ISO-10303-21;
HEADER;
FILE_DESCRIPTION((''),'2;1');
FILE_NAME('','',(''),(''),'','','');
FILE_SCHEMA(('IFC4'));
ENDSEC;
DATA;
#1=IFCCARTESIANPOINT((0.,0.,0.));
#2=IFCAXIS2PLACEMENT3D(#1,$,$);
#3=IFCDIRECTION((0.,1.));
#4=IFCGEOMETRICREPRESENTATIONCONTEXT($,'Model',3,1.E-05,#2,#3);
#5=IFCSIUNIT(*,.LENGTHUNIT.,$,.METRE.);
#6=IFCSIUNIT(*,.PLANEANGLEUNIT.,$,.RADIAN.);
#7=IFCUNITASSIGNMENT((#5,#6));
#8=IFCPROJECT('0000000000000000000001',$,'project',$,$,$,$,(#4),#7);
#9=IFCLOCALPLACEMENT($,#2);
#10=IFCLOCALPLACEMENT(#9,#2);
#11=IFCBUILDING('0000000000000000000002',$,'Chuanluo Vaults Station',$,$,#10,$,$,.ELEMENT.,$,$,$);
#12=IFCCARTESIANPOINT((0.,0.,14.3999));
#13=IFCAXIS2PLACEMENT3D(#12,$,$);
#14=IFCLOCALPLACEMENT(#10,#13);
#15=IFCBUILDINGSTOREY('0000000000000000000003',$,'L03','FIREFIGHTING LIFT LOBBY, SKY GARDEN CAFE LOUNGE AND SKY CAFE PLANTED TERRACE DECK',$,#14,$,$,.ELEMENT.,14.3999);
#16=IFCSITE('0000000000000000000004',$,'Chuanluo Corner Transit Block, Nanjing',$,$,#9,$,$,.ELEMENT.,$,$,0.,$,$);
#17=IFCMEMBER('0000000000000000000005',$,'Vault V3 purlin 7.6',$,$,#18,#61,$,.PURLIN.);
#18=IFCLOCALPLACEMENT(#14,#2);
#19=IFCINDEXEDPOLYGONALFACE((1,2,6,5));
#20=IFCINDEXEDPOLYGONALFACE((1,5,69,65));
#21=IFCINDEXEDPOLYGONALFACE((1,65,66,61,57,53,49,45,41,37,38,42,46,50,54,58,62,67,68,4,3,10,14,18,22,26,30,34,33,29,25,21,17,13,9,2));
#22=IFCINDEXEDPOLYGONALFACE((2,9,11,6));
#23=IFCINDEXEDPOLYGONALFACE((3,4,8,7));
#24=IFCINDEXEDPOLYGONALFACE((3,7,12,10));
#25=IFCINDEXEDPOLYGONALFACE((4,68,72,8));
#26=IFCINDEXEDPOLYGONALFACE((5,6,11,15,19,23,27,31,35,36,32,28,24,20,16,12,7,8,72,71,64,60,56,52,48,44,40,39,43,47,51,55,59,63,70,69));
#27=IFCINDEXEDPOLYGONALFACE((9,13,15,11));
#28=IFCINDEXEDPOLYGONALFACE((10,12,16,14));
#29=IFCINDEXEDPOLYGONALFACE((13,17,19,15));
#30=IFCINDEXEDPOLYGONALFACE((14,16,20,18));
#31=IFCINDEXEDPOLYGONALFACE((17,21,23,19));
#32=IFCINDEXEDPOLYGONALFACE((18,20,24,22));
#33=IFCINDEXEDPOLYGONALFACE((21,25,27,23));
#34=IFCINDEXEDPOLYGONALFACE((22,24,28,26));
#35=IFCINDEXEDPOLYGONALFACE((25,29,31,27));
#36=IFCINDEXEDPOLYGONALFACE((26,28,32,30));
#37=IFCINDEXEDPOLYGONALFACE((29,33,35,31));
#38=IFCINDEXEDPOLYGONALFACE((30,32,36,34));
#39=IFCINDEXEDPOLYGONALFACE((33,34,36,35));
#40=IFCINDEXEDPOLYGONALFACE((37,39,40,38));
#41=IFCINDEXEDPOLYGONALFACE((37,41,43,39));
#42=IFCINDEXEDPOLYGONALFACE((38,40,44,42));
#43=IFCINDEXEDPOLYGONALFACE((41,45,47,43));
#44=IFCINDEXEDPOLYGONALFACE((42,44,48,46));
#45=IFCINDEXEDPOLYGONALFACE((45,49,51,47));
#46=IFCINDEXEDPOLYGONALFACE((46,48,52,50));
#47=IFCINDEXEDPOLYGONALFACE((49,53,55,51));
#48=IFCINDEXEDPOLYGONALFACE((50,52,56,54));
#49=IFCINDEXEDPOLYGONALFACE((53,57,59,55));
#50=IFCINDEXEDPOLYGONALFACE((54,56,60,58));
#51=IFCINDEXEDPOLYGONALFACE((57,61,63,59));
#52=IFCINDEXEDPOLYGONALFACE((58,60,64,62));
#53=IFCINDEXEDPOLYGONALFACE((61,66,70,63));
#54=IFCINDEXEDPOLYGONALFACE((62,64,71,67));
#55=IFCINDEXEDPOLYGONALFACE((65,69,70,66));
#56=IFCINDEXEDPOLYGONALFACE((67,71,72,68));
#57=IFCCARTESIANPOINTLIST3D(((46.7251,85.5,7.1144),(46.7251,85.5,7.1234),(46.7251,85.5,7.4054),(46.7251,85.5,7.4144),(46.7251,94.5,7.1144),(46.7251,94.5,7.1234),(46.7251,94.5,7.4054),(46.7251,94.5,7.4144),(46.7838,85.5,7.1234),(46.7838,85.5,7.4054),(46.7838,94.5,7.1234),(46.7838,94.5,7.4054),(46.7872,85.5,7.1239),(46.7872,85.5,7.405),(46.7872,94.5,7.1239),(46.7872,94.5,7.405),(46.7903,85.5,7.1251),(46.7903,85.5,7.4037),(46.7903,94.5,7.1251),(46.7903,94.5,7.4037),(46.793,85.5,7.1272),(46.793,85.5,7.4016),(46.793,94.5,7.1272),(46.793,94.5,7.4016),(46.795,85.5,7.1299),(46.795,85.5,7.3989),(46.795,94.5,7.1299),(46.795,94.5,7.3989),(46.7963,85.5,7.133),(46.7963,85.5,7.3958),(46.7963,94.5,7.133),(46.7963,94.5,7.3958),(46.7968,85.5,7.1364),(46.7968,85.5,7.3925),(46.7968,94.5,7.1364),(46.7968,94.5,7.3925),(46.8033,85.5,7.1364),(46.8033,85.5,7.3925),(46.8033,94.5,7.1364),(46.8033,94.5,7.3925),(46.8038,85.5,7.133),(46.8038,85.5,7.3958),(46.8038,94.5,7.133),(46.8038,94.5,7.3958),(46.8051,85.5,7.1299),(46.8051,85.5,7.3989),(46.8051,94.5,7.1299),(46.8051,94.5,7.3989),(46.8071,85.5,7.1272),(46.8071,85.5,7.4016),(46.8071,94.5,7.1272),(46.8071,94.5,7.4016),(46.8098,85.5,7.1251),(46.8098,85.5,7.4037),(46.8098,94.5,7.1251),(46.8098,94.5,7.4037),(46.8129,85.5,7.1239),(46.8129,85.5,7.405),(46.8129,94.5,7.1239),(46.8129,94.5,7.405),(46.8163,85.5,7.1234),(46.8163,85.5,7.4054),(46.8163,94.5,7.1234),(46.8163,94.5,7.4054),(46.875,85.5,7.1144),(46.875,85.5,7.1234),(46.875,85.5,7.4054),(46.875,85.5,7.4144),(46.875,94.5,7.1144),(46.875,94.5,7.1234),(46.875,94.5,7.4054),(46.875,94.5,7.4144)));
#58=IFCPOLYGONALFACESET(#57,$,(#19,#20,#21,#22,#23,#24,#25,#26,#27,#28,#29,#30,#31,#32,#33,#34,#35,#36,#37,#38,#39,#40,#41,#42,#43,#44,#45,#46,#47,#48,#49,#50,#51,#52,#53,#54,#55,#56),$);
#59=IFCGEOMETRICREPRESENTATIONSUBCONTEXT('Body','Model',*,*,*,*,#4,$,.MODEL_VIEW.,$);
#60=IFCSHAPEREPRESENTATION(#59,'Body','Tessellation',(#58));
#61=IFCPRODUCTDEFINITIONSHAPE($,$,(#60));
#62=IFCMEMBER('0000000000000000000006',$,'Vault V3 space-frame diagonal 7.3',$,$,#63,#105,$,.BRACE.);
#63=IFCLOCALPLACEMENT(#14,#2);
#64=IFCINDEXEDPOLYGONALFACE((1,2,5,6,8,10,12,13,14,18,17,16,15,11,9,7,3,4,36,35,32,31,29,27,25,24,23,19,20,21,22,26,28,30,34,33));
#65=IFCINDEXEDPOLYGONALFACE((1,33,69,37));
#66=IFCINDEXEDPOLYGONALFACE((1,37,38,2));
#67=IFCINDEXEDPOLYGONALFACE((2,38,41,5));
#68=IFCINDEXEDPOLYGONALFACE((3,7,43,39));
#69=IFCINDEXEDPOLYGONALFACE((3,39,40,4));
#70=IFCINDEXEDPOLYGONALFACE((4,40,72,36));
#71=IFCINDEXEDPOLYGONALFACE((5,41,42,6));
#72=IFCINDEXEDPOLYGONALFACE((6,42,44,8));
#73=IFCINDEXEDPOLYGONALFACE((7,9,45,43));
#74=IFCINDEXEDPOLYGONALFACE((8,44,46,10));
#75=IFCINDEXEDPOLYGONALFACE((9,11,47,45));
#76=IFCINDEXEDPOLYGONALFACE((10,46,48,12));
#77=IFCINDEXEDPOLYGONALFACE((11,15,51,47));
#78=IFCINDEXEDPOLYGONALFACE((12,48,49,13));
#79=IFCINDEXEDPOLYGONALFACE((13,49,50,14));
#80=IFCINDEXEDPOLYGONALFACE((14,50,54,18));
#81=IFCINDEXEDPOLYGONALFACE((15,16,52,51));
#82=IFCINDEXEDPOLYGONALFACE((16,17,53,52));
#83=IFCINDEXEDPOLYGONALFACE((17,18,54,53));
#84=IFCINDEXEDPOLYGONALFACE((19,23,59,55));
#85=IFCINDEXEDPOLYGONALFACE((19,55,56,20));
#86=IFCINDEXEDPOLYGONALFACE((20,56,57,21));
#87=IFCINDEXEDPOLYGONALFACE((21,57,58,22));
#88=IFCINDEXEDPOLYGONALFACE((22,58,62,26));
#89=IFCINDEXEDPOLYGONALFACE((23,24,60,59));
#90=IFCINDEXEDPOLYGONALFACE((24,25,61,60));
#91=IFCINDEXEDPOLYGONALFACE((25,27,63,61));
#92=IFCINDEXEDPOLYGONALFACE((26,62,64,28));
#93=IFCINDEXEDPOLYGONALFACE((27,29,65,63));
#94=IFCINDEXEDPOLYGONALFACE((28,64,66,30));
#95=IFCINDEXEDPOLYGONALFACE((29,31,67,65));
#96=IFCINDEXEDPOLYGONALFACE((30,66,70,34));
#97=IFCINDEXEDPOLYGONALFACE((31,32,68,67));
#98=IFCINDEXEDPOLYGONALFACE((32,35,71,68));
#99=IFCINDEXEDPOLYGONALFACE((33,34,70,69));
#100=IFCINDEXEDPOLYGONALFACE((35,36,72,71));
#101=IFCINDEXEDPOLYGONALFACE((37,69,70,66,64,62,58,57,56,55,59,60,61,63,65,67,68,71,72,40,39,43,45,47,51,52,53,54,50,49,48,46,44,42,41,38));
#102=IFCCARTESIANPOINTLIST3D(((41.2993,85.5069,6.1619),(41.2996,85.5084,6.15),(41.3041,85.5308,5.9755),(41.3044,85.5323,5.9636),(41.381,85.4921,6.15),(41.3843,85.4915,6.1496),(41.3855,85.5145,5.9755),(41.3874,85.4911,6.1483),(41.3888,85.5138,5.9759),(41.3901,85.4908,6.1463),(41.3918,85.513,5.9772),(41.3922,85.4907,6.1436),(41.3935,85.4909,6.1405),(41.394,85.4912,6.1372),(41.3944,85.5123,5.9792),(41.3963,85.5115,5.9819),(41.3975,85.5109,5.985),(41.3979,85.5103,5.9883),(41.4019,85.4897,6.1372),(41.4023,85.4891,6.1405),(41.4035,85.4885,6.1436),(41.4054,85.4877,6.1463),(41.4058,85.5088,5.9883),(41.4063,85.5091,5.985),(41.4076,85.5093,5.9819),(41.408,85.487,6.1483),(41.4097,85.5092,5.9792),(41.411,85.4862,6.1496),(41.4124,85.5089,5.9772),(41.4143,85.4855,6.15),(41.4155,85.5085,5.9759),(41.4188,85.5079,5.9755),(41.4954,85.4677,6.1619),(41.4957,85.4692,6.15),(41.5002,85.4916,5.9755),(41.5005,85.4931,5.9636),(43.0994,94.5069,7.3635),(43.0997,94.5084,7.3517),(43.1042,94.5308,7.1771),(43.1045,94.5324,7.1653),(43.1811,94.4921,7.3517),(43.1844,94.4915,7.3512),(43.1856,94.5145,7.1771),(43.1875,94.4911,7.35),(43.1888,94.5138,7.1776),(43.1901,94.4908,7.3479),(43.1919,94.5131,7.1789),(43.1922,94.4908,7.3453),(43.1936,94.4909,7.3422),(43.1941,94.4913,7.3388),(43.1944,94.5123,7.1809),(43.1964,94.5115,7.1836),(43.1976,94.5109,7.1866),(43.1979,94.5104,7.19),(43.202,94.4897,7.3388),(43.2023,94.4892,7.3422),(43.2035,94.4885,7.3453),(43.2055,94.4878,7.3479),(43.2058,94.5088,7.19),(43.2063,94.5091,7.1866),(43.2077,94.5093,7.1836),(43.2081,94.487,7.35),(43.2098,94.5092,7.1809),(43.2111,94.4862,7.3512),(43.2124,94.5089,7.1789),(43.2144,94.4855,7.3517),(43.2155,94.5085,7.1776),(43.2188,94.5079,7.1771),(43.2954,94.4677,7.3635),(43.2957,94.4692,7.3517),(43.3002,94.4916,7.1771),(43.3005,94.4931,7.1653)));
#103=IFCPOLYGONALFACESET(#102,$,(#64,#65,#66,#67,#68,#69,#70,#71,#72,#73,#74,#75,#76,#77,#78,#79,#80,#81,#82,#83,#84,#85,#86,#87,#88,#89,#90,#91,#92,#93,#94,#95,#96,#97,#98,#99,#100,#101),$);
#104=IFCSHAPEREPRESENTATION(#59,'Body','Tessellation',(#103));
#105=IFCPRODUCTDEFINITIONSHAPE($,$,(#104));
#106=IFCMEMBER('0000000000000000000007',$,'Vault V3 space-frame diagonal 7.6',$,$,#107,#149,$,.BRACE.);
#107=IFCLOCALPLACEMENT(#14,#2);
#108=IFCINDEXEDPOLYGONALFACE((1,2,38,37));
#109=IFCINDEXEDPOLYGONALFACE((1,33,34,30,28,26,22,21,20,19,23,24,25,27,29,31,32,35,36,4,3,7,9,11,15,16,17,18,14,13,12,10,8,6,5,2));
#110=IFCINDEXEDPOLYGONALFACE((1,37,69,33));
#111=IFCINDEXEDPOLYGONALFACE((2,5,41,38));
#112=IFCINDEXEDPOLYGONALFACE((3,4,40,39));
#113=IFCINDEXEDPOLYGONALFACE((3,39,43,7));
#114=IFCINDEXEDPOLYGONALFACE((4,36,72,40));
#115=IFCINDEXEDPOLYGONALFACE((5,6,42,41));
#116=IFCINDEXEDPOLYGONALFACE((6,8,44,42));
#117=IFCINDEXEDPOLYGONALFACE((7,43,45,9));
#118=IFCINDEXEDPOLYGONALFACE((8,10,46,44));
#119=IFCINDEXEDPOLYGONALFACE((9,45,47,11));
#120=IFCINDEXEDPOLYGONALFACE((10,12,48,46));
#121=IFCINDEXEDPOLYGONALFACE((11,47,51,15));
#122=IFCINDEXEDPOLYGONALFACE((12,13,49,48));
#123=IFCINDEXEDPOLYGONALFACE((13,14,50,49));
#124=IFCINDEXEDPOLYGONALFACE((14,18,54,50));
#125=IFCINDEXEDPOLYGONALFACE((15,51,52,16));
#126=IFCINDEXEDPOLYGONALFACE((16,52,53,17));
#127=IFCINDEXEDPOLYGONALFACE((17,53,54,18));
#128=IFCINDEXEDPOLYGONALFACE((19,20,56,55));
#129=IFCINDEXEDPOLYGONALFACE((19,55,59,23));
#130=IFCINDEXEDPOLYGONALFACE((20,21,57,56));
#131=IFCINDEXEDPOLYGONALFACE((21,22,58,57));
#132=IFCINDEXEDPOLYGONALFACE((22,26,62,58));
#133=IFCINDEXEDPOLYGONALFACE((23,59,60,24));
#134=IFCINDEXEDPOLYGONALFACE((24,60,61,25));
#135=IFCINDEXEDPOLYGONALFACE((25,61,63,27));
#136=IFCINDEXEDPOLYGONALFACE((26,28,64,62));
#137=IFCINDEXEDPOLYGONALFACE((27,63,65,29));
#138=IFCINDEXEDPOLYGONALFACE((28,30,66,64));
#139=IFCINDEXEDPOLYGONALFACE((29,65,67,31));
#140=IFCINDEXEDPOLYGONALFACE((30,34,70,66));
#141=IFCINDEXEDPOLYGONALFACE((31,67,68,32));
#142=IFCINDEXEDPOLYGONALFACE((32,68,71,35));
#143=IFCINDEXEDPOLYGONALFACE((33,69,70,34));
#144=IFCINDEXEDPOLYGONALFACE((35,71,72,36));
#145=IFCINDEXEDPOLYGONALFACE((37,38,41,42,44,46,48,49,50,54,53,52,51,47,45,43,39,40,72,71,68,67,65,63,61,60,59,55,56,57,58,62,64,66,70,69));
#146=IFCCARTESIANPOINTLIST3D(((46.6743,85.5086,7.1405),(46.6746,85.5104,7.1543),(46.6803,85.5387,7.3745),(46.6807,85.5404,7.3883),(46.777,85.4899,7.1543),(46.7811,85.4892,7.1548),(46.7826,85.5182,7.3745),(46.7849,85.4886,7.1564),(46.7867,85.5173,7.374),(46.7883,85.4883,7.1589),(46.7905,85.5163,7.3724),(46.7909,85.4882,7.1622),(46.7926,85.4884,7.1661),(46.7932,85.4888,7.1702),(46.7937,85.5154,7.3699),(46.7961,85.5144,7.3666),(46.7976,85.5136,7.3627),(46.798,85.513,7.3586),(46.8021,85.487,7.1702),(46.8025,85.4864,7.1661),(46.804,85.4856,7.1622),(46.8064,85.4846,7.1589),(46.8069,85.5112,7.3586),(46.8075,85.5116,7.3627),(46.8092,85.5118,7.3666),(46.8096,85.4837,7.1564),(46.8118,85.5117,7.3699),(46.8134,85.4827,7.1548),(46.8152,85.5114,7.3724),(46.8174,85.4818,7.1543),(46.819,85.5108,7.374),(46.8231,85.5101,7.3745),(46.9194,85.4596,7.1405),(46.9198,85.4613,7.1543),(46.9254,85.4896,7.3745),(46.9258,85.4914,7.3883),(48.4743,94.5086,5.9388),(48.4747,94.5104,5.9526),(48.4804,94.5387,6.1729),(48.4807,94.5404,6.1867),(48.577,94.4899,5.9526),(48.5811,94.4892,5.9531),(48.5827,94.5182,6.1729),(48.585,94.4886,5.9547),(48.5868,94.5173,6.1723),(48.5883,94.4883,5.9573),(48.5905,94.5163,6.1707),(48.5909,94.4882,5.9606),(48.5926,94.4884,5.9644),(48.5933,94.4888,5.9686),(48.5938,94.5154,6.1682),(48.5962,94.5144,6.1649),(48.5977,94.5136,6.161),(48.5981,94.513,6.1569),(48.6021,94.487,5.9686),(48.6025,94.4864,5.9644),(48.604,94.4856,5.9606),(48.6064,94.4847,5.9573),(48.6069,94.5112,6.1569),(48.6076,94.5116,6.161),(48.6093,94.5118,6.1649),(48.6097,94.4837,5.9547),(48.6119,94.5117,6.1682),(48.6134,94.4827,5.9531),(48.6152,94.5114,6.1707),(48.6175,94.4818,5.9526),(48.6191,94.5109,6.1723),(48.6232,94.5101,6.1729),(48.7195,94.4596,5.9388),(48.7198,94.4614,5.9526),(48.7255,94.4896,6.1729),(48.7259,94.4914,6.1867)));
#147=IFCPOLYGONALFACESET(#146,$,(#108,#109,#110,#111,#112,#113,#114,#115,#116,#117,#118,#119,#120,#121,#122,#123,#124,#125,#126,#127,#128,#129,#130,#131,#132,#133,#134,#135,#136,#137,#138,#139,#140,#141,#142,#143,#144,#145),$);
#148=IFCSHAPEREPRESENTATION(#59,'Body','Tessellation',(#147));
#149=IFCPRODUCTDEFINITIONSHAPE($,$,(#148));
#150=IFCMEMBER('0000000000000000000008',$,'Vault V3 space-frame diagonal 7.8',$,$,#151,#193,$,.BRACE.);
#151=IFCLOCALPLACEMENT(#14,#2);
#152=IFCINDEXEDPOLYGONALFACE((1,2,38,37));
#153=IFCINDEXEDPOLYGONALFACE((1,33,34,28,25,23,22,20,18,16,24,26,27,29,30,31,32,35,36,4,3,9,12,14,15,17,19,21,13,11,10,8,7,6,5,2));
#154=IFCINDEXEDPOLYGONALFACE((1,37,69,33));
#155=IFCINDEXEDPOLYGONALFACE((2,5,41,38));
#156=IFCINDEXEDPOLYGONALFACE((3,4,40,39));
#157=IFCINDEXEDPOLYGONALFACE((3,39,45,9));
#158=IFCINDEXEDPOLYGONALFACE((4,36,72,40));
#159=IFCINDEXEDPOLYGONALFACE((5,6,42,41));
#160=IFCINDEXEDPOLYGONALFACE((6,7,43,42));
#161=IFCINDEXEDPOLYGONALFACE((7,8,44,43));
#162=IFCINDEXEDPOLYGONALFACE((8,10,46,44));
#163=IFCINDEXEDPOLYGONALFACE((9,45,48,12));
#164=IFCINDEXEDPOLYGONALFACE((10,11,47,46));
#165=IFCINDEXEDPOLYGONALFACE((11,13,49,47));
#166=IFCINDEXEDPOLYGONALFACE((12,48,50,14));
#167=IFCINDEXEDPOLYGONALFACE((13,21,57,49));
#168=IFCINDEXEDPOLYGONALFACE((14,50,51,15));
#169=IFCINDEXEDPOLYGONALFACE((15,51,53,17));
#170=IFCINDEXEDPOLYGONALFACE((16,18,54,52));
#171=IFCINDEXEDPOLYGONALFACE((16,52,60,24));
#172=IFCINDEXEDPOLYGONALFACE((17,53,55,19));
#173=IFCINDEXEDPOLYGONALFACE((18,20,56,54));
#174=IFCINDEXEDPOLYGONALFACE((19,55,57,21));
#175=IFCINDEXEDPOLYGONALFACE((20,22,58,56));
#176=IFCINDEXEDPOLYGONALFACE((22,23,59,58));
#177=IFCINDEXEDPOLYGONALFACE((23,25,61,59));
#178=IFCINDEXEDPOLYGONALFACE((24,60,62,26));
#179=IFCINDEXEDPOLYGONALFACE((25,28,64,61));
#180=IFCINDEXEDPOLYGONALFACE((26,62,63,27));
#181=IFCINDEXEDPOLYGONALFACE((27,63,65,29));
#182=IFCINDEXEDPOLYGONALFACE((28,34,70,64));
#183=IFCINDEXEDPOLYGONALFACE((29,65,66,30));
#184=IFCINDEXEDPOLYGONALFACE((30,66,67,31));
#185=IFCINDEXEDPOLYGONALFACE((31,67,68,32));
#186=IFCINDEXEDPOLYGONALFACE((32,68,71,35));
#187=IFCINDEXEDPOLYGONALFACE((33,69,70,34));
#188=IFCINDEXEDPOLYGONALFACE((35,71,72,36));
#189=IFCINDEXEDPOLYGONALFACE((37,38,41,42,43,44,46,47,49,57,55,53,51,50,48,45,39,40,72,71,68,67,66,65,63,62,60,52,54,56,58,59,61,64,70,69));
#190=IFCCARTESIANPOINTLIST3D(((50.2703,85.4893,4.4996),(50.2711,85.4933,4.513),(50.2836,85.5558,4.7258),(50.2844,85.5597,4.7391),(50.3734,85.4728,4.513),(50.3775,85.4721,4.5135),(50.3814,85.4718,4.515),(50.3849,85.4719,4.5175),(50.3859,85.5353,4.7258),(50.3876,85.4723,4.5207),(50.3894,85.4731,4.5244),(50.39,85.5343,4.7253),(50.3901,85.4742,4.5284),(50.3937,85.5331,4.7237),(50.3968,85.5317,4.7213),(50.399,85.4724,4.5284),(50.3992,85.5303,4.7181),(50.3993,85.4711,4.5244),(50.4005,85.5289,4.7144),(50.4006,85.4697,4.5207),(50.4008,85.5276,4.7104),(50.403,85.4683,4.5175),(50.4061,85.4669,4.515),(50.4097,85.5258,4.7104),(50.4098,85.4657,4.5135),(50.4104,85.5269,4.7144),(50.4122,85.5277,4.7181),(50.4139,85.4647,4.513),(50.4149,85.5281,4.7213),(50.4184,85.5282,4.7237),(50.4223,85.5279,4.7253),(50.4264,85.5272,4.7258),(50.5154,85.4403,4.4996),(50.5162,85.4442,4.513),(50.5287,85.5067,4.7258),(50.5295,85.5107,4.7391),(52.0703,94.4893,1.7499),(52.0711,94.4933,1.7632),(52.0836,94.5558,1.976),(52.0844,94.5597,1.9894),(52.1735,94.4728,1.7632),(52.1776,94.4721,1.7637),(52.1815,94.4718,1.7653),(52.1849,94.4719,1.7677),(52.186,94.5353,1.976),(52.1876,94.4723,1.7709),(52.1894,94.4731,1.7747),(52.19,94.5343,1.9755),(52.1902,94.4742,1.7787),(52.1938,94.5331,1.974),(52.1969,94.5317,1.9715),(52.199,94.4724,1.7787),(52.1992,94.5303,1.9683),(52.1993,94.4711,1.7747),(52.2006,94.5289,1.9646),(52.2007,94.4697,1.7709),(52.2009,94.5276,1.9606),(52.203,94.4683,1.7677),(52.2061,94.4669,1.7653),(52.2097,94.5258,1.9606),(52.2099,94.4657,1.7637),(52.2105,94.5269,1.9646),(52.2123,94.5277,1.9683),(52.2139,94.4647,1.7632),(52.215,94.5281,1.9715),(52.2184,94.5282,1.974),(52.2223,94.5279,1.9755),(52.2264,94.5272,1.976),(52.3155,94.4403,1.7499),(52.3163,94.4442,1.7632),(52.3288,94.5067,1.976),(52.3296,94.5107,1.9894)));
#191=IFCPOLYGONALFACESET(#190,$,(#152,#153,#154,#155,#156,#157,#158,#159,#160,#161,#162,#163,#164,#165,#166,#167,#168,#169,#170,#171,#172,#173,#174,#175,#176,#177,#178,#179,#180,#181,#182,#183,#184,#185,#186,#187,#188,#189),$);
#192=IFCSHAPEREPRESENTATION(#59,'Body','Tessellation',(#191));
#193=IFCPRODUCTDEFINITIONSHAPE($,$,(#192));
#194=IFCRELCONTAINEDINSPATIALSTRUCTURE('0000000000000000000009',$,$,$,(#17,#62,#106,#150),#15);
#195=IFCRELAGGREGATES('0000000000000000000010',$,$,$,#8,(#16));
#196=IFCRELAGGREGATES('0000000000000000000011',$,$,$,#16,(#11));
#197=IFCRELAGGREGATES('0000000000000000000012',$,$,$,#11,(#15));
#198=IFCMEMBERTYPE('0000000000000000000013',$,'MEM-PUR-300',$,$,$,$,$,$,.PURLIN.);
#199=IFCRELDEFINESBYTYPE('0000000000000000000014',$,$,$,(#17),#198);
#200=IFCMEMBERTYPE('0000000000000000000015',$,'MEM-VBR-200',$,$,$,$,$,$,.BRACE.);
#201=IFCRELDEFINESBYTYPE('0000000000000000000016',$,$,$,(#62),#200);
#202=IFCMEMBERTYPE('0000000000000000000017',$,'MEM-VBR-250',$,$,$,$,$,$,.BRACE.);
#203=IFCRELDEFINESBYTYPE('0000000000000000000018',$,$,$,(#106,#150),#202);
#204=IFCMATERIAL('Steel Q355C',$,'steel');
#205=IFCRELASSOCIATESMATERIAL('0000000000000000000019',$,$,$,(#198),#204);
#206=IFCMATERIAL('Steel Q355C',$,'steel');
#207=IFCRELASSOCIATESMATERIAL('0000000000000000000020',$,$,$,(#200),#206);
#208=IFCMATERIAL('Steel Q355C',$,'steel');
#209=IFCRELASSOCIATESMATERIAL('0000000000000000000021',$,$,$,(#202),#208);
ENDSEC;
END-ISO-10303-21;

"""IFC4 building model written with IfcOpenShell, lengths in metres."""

from ifc_helpers import new_model, si_unit, direction, frame, origin, origin_2d, place, context, subcontext, project, spatial, i_section, extrude, material, material_profile, profile_set, type_object, element, save


model = new_model("IFC4")

# Units and contexts
model_context = context("Model", 3, precision=1e-05, world=origin(), true_north=direction((0.0, 1.0)))
body_context = subcontext(model_context, "Body", "Model", "MODEL_VIEW")
ifc_project = project(units=[si_unit("LENGTHUNIT", "METRE"), si_unit("PLANEANGLEUNIT", "RADIAN")], contexts=[model_context])

# Site, building, storey
site_placement = place(None, origin())
site = spatial("IfcSite", under=ifc_project, at=site_placement, Name="Chuanluo Corner Transit Block, Nanjing", CompositionType="ELEMENT", RefElevation=0.0)
building_placement = place(site_placement, origin())
building = spatial("IfcBuilding", under=site, at=building_placement, Name="Chuanluo Vaults Station", CompositionType="ELEMENT")
storey_placement = place(building_placement, frame((0.0, 0.0, 14.3999)))
storey = spatial("IfcBuildingStorey", under=building, at=storey_placement, Name="L03", Description="FIREFIGHTING LIFT LOBBY, SKY GARDEN CAFE LOUNGE AND SKY CAFE PLANTED TERRACE DECK", CompositionType="ELEMENT", Elevation=14.3999)

# Members
ifc_material_1 = material(Name="Steel Q355C", Category="steel")
ifc_material_profile_1 = material_profile(ifc_material_1, i_section(OverallWidth=0.1499, OverallDepth=0.3, WebThickness=0.0066, FlangeThickness=0.009, FilletRadius=0.0129, at=origin_2d()))
ifc_profile_set_1 = profile_set([ifc_material_profile_1], Name="Steel Q355C")
member_type_1 = type_object("IfcMemberType", Name="MEM-PUR-300", PredefinedType="PURLIN", material=ifc_profile_set_1)
for number, where, z_axis, x_axis, name in (
    (1, (46.8, 85.5, 7.2644), (0.0, 1.0, 0.0), (-1.0, 0.0, 0.0), "Vault V3 purlin 7.6"),
):
    element("IfcMember", number, at=place(storey_placement, frame(where, z_axis=z_axis, x_axis=x_axis)), inside=storey, type_object=member_type_1, Name=name, PredefinedType="PURLIN", context=body_context, shape_type="SweptSolid", body=[
        extrude(i_section(OverallWidth=0.1499, OverallDepth=0.3, WebThickness=0.0066, FlangeThickness=0.009, FilletRadius=0.0129, at=origin_2d()), origin(), (0.0, 0.0, 1.0), 9.0),
    ])
ifc_material_2 = material(Name="Steel Q355C", Category="steel")
ifc_material_profile_2 = material_profile(ifc_material_2, i_section(OverallWidth=0.2, OverallDepth=0.2, WebThickness=0.0081, FlangeThickness=0.012, FilletRadius=0.0129, at=origin_2d()))
ifc_profile_set_2 = profile_set([ifc_material_profile_2], Name="Steel Q355C")
member_type_2 = type_object("IfcMemberType", Name="MEM-VBR-200", PredefinedType="BRACE", material=ifc_profile_set_2)
member_1_placement = place(storey_placement, frame((41.3999, 85.5, 6.0627), z_axis=(0.194462, 0.972282, 0.129817), x_axis=(-0.98058, 0.196121, 0.0)))
element("IfcMember", 2, at=member_1_placement, inside=storey, type_object=member_type_2, Name="Vault V3 space-frame diagonal 7.3", PredefinedType="BRACE", context=body_context, shape_type="SweptSolid", body=[
    extrude(i_section(OverallWidth=0.2, OverallDepth=0.2, WebThickness=0.0081, FlangeThickness=0.012, FilletRadius=0.0129, at=origin_2d()), origin(), (0.0, 0.0, 1.0), 9.2566),
])
ifc_material_3 = material(Name="Steel Q355C", Category="steel")
ifc_material_profile_3 = material_profile(ifc_material_3, i_section(OverallWidth=0.25, OverallDepth=0.25, WebThickness=0.009, FlangeThickness=0.0139, FilletRadius=0.0161, at=origin_2d()))
ifc_profile_set_3 = profile_set([ifc_material_profile_3], Name="Steel Q355C")
member_type_3 = type_object("IfcMemberType", Name="MEM-VBR-250", PredefinedType="BRACE", material=ifc_profile_set_3)
member_2_placement = place(storey_placement, frame((46.8, 85.5, 7.2644), z_axis=(0.194462, 0.972282, -0.129817), x_axis=(-0.98058, 0.196121, 0.0)))
element("IfcMember", 3, at=member_2_placement, inside=storey, type_object=member_type_3, Name="Vault V3 space-frame diagonal 7.6", PredefinedType="BRACE", context=body_context, shape_type="SweptSolid", body=[
    extrude(i_section(OverallWidth=0.25, OverallDepth=0.25, WebThickness=0.009, FlangeThickness=0.0139, FilletRadius=0.0161, at=origin_2d()), origin(), (0.0, 0.0, 1.0), 9.2566),
])
member_3_placement = place(storey_placement, frame((50.3999, 85.5, 4.6194), z_axis=(0.187871, 0.93933, -0.286992), x_axis=(-0.98058, 0.196121, 0.0)))
element("IfcMember", 4, at=member_3_placement, inside=storey, type_object=member_type_3, Name="Vault V3 space-frame diagonal 7.8", PredefinedType="BRACE", context=body_context, shape_type="SweptSolid", body=[
    extrude(i_section(OverallWidth=0.25, OverallDepth=0.25, WebThickness=0.009, FlangeThickness=0.0139, FilletRadius=0.0161, at=origin_2d()), origin(), (0.0, 0.0, 1.0), 9.5813),
])

save(model, "model.ifc")
